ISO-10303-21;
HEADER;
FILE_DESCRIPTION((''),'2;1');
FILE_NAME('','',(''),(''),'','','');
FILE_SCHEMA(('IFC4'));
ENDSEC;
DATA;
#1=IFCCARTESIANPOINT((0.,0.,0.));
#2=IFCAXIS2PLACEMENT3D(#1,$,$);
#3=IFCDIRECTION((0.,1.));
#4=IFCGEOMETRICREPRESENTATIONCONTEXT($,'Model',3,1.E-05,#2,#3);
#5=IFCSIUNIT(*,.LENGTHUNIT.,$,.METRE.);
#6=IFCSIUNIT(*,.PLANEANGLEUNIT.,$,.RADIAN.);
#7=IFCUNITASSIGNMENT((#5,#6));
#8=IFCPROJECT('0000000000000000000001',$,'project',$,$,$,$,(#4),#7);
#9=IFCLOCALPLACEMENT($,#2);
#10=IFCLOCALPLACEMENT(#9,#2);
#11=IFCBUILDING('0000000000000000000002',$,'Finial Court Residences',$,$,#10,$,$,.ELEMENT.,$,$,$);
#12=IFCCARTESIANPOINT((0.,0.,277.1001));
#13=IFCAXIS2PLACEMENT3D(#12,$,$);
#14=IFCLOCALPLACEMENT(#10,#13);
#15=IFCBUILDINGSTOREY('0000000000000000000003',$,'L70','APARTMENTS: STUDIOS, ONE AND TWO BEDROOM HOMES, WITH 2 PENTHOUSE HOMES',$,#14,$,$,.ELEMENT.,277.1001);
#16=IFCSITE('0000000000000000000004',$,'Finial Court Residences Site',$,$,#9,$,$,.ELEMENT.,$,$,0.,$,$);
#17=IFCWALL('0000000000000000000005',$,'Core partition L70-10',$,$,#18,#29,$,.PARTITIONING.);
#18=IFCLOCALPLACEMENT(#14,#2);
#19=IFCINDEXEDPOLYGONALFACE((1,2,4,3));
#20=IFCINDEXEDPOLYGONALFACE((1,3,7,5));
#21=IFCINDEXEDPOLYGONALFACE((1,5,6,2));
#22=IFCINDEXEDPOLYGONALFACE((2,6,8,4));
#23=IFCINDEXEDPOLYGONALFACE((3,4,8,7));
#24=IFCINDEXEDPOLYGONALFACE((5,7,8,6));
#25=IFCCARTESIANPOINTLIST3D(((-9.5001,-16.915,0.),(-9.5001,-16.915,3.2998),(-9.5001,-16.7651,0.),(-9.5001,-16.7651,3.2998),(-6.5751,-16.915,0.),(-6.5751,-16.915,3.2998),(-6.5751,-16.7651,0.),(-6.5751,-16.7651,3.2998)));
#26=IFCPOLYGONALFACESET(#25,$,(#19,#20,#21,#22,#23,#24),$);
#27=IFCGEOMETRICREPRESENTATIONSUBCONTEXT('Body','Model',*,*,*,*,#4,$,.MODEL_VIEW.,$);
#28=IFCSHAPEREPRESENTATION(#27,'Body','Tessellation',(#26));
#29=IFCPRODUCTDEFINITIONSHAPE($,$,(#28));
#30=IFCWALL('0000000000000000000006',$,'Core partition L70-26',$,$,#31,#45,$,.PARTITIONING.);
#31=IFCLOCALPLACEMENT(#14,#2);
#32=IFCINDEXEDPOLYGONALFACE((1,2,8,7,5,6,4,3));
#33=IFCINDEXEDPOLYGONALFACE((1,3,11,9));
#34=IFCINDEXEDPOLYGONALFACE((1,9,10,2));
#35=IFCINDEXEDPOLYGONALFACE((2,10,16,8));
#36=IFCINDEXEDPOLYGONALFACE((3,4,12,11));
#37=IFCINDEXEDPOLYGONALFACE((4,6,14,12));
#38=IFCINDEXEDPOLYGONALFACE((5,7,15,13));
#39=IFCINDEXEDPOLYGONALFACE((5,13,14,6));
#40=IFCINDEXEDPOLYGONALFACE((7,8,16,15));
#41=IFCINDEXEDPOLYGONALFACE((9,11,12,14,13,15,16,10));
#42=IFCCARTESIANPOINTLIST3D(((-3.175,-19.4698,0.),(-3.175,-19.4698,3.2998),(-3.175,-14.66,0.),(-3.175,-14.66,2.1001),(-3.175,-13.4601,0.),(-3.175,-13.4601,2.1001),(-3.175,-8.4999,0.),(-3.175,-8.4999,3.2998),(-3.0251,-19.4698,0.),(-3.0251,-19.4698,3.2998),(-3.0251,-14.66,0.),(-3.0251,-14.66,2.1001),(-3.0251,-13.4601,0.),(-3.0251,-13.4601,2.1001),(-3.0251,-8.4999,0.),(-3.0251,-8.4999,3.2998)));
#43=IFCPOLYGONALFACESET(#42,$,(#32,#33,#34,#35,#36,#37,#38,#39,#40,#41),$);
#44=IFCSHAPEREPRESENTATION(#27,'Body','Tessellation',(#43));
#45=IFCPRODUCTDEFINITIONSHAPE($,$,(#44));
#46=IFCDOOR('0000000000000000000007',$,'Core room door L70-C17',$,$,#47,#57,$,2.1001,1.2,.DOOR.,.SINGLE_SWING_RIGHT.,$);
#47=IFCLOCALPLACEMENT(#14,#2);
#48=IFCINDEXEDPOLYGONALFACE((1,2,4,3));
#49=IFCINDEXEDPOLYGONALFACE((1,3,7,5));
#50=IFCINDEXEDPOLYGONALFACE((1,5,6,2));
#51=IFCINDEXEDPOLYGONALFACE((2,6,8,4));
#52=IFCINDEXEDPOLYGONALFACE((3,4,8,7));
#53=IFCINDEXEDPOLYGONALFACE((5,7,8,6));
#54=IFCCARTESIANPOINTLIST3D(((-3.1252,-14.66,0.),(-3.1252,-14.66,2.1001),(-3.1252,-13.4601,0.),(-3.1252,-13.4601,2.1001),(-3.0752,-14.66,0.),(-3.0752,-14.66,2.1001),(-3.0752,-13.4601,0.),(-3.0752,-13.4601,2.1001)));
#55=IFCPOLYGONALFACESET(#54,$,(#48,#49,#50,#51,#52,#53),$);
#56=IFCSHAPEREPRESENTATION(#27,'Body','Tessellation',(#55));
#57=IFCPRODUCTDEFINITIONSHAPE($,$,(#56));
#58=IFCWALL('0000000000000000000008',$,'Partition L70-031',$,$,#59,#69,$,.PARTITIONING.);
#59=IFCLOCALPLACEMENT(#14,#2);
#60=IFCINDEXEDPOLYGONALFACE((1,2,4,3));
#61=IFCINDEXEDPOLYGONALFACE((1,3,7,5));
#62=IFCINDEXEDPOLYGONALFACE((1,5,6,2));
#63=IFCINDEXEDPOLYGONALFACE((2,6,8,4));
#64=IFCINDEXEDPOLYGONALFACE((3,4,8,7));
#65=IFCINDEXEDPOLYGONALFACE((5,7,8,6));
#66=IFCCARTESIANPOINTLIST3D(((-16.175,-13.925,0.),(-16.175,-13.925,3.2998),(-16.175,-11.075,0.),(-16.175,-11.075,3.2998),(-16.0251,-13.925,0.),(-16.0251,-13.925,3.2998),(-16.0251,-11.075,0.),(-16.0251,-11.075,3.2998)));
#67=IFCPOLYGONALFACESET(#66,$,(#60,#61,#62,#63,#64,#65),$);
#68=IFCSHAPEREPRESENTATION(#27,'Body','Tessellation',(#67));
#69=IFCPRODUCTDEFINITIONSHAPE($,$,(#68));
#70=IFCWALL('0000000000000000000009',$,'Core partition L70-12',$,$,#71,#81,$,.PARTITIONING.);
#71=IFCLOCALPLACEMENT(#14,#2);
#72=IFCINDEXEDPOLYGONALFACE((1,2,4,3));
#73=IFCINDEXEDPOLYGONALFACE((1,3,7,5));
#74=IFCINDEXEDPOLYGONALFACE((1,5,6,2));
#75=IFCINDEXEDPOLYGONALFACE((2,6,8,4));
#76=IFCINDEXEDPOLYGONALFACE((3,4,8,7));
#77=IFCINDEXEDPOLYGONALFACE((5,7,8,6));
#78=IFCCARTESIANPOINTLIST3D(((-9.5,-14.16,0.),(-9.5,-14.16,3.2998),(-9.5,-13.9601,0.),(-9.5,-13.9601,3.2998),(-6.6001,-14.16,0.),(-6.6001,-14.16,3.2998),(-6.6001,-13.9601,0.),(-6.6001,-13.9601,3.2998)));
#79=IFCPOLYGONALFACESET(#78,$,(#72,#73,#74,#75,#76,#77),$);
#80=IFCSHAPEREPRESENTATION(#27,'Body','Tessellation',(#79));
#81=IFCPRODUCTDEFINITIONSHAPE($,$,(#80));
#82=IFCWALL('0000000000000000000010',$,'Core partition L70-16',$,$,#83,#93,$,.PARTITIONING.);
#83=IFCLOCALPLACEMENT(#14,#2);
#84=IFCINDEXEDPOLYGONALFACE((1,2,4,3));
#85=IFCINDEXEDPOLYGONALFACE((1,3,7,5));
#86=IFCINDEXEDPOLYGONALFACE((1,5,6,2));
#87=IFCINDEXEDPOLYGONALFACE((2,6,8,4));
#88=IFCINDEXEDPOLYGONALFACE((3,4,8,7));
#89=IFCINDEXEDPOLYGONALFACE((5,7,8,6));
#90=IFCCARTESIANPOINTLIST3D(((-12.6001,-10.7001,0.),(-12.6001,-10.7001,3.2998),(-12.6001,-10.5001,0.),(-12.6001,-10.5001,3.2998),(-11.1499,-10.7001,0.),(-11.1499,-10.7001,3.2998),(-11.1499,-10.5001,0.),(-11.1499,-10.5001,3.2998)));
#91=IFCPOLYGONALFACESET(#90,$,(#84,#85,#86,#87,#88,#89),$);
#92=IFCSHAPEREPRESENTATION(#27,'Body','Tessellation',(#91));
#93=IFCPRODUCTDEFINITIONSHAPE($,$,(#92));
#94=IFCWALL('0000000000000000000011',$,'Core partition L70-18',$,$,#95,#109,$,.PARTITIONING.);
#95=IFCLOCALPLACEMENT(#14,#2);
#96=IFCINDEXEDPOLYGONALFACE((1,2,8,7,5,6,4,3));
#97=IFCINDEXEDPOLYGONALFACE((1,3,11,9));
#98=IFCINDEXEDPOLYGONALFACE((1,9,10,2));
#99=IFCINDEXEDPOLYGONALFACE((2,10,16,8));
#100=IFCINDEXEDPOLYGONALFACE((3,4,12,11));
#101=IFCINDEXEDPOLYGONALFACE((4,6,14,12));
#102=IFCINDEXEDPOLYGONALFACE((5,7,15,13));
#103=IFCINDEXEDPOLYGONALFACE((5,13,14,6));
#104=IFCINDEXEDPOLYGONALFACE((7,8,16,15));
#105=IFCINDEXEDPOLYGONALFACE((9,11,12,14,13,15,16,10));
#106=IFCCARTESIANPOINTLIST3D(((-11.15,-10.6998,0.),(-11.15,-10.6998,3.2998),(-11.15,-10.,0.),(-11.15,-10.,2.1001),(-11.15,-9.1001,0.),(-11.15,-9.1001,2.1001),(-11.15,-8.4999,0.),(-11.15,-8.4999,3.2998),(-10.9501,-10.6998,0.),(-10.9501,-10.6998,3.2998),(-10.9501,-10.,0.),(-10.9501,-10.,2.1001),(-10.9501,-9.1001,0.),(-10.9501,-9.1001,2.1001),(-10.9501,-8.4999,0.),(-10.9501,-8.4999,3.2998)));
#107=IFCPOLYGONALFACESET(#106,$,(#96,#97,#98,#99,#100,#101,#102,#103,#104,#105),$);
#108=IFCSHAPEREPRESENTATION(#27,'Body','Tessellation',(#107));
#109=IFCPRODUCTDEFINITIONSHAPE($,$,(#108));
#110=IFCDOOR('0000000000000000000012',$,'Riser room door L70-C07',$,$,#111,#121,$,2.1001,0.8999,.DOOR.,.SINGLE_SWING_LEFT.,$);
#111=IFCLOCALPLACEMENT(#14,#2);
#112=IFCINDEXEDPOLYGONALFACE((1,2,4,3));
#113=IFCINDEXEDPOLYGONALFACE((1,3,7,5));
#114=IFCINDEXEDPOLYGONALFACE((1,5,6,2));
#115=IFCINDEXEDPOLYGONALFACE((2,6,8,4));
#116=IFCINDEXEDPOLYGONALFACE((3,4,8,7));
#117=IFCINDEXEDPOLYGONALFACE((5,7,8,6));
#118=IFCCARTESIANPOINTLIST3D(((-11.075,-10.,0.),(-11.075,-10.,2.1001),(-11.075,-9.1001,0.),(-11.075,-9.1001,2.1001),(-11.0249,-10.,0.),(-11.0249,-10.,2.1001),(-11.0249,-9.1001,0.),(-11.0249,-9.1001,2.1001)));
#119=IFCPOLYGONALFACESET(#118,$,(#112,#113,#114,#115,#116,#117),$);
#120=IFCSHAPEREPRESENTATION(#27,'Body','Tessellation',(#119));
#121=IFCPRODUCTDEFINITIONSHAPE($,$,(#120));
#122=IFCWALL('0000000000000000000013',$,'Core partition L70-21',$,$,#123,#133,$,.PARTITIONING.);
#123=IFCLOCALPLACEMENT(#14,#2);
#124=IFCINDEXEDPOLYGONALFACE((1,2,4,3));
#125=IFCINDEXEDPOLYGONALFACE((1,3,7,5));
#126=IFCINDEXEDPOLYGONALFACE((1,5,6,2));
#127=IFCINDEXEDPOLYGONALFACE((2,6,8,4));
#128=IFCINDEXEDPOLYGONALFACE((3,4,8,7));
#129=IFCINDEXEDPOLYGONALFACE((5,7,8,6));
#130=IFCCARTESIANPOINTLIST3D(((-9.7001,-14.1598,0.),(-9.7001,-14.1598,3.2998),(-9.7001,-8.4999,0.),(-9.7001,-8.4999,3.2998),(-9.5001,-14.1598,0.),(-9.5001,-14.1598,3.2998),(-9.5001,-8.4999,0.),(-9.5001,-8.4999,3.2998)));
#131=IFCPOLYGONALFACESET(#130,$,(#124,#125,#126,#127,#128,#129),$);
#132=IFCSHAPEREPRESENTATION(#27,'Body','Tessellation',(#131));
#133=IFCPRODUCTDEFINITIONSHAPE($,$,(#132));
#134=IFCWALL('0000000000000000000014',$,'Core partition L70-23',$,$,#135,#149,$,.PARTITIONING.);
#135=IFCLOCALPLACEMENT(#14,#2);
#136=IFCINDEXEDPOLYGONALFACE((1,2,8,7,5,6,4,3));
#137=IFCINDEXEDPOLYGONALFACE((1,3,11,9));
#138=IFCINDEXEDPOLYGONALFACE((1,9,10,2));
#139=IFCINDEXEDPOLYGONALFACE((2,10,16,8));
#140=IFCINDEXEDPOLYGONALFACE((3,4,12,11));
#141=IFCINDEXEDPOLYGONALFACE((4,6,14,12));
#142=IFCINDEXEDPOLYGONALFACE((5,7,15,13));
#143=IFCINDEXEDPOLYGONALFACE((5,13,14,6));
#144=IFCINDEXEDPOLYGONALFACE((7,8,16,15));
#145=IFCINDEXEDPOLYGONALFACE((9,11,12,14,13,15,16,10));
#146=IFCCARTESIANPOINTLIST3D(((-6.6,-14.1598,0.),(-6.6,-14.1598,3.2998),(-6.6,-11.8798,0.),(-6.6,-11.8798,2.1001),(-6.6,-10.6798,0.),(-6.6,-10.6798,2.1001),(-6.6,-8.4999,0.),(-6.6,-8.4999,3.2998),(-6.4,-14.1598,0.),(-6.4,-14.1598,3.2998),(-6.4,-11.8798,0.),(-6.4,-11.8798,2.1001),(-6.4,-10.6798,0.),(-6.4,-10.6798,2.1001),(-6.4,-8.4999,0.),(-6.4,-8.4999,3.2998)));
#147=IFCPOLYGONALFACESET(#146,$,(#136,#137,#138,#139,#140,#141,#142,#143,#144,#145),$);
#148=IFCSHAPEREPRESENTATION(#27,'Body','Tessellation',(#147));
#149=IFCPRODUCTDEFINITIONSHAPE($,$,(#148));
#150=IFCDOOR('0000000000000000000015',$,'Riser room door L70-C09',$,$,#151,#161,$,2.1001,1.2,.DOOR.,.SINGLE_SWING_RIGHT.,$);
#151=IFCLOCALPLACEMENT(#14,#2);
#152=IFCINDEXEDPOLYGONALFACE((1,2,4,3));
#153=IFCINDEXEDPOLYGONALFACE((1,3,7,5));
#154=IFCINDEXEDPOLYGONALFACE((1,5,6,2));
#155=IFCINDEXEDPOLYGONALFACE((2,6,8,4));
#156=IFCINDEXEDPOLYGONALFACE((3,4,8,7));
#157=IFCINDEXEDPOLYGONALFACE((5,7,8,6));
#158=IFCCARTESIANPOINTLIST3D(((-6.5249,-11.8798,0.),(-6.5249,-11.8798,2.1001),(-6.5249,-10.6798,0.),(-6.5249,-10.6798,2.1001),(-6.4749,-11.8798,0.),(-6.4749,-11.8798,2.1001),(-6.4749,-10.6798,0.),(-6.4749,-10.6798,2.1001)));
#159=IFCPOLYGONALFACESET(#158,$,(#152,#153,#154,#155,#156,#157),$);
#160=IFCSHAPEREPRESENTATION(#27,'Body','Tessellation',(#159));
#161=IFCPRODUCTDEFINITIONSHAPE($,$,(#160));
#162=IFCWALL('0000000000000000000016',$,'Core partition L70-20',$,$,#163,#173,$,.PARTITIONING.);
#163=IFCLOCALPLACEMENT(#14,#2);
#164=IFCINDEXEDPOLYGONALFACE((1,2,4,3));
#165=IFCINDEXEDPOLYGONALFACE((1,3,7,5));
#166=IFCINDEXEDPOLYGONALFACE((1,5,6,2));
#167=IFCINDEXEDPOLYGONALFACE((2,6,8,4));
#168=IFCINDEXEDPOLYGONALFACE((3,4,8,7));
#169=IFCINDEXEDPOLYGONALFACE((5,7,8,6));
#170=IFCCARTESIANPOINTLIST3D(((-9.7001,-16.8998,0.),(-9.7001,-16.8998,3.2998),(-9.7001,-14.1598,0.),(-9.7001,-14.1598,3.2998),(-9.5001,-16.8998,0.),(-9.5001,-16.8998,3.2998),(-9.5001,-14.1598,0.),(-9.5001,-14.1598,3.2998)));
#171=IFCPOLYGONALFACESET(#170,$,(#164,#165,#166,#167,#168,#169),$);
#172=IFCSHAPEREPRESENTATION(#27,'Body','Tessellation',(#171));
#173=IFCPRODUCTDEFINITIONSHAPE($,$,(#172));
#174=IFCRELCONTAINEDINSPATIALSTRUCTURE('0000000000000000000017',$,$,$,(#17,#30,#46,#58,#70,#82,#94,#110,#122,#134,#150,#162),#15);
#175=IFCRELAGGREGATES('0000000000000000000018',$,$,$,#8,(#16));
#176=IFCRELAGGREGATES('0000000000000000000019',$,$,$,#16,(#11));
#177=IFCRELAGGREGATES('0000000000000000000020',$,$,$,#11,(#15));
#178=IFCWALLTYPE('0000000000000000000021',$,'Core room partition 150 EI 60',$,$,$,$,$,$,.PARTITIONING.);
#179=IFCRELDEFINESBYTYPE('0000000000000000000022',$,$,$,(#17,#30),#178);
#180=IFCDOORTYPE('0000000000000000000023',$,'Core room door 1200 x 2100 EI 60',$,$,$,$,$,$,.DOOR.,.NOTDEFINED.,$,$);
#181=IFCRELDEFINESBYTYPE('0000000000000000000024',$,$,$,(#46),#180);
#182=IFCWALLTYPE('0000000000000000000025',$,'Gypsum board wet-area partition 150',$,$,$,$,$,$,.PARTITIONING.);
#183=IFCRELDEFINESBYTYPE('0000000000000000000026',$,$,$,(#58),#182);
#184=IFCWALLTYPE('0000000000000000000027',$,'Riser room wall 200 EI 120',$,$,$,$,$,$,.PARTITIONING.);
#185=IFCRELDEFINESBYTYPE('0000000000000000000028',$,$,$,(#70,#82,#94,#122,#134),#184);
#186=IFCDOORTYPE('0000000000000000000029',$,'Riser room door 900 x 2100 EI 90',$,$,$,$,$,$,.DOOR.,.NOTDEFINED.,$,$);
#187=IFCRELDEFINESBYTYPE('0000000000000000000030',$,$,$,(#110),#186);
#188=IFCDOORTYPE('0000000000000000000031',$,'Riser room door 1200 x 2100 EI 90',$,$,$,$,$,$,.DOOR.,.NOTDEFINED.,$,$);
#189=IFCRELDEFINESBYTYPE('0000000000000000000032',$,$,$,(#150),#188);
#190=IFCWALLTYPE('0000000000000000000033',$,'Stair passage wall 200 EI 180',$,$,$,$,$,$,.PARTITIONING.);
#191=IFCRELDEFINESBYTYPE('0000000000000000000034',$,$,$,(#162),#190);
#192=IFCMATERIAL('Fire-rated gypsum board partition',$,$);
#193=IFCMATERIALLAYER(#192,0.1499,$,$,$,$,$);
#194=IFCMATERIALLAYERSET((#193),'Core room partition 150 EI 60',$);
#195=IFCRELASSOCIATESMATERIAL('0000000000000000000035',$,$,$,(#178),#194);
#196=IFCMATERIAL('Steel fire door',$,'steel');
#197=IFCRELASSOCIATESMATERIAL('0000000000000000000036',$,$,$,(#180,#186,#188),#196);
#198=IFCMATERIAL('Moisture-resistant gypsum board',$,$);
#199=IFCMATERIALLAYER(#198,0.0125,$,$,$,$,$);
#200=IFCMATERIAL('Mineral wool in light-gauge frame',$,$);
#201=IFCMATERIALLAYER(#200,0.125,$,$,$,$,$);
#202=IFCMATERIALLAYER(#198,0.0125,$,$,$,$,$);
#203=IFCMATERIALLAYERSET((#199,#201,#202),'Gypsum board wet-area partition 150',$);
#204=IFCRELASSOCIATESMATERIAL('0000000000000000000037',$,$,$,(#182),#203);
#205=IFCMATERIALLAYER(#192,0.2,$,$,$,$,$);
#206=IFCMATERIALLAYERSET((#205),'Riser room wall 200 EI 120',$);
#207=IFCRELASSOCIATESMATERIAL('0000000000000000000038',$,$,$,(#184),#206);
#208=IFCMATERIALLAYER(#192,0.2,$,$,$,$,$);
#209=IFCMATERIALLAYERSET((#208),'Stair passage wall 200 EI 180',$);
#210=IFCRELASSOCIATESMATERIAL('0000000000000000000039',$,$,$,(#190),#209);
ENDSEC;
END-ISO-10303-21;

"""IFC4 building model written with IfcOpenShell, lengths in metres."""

from ifc_helpers import new_model, si_unit, direction, frame, frame_2d, origin, place, context, subcontext, project, spatial, rectangle, extrude, material, layer, layer_set, type_object, element, fill, save


model = new_model("IFC4")

# Units and contexts
model_context = context("Model", 3, precision=1e-05, world=origin(), true_north=direction((0.0, 1.0)))
body_context = subcontext(model_context, "Body", "Model", "MODEL_VIEW")
ifc_project = project(units=[si_unit("LENGTHUNIT", "METRE"), si_unit("PLANEANGLEUNIT", "RADIAN")], contexts=[model_context])

# Site, building, storey
site_placement = place(None, origin())
site = spatial("IfcSite", under=ifc_project, at=site_placement, Name="Finial Court Residences Site", CompositionType="ELEMENT", RefElevation=0.0)
building_placement = place(site_placement, origin())
building = spatial("IfcBuilding", under=site, at=building_placement, Name="Finial Court Residences", CompositionType="ELEMENT")
storey_placement = place(building_placement, frame((0.0, 0.0, 277.1001)))
storey = spatial("IfcBuildingStorey", under=building, at=storey_placement, Name="L70", Description="APARTMENTS: STUDIOS, ONE AND TWO BEDROOM HOMES, WITH 2 PENTHOUSE HOMES", CompositionType="ELEMENT", Elevation=277.1001)

# Wall
ifc_material_1 = material(Name="Fire-rated gypsum board partition")
ifc_layer_1 = layer(ifc_material_1, 0.1499)
ifc_layer_set_1 = layer_set([ifc_layer_1], Name="Core room partition 150 EI 60")
wall_type_1 = type_object("IfcWallType", Name="Core room partition 150 EI 60", PredefinedType="PARTITIONING", material=ifc_layer_set_1)
wall_1_placement = place(storey_placement, frame((-9.5, -16.8401, 0.0), z_axis=(0.0, 0.0, 1.0), x_axis=(1.0, 0.0, 0.0)))
element("IfcWall", 1, at=wall_1_placement, inside=storey, type_object=wall_type_1, Name="Core partition L70-10", PredefinedType="PARTITIONING", context=body_context, shape_type="SweptSolid", body=[
    extrude(rectangle(XDim=2.925, YDim=0.1499, at=frame_2d((1.4624, 0.0))), origin(), (0.0, 0.0, 1.0), 3.2998),
])

# Wall, opening, door
wall_2_placement = place(storey_placement, frame((-3.1001, -8.5, 0.0), z_axis=(0.0, 0.0, 1.0), x_axis=(0.0, -1.0, 0.0)))
wall_2 = element("IfcWall", 2, at=wall_2_placement, inside=storey, type_object=wall_type_1, Name="Core partition L70-26", PredefinedType="PARTITIONING", context=body_context, shape_type="SweptSolid", body=[
    extrude(rectangle(XDim=10.97, YDim=0.1499, at=frame_2d((5.4849, 0.0))), origin(), (0.0, 0.0, 1.0), 3.2998),
])
opening_1_placement = place(wall_2_placement, frame((4.96, 0.0, 0.0)))
opening_1 = element("IfcOpeningElement", 3, at=opening_1_placement, cuts=wall_2, PredefinedType="OPENING", context=body_context, shape_type="SweptSolid", body=[
    extrude(rectangle(XDim=1.2, YDim=2.1001, at=frame_2d((0.6001, 1.05))), frame((0.0, 0.085, 0.0), z_axis=(0.0, -1.0, 0.0), x_axis=(1.0, 0.0, 0.0)), (0.0, 0.0, 1.0), 0.1699),
])
ifc_material_2 = material(Name="Steel fire door", Category="steel")
door_type_1 = type_object("IfcDoorType", Name="Core room door 1200 x 2100 EI 60", OperationType="NOTDEFINED", PredefinedType="DOOR", material=ifc_material_2)
door_1_placement = place(opening_1_placement, origin())
door_1 = element("IfcDoor", 4, at=door_1_placement, inside=storey, type_object=door_type_1, Name="Core room door L70-C17", OperationType="SINGLE_SWING_RIGHT", OverallHeight=2.1001, OverallWidth=1.2, PredefinedType="DOOR", context=body_context, shape_type="SweptSolid", body=[
    extrude(rectangle(XDim=1.2, YDim=2.1001, at=frame_2d((0.6001, 1.05))), frame((0.0, 0.0249, 0.0), z_axis=(0.0, -1.0, 0.0), x_axis=(1.0, 0.0, 0.0)), (0.0, 0.0, 1.0), 0.05),
])
fill(opening_1, door_1)

# Walls
ifc_material_3 = material(Name="Moisture-resistant gypsum board")
ifc_layer_2 = layer(ifc_material_3, 0.0125)
ifc_material_4 = material(Name="Mineral wool in light-gauge frame")
ifc_layer_3 = layer(ifc_material_4, 0.125)
ifc_layer_4 = layer(ifc_material_3, 0.0125)
ifc_layer_set_2 = layer_set([ifc_layer_2, ifc_layer_3, ifc_layer_4], Name="Gypsum board wet-area partition 150")
wall_type_2 = type_object("IfcWallType", Name="Gypsum board wet-area partition 150", PredefinedType="PARTITIONING", material=ifc_layer_set_2)
wall_3_placement = place(storey_placement, frame((-16.1001, -13.925, 0.0), z_axis=(0.0, 0.0, 1.0), x_axis=(0.0, 1.0, 0.0)))
element("IfcWall", 5, at=wall_3_placement, inside=storey, type_object=wall_type_2, Name="Partition L70-031", PredefinedType="PARTITIONING", context=body_context, shape_type="SweptSolid", body=[
    extrude(rectangle(XDim=2.8501, YDim=0.1499, at=frame_2d((1.425, 0.0))), origin(), (0.0, 0.0, 1.0), 3.2998),
])
ifc_layer_5 = layer(ifc_material_1, 0.2)
ifc_layer_set_3 = layer_set([ifc_layer_5], Name="Riser room wall 200 EI 120")
wall_type_3 = type_object("IfcWallType", Name="Riser room wall 200 EI 120", PredefinedType="PARTITIONING", material=ifc_layer_set_3)
wall_4_placement = place(storey_placement, frame((-9.5, -14.0601, 0.0), z_axis=(0.0, 0.0, 1.0), x_axis=(1.0, 0.0, 0.0)))
element("IfcWall", 6, at=wall_4_placement, inside=storey, type_object=wall_type_3, Name="Core partition L70-12", PredefinedType="PARTITIONING", context=body_context, shape_type="SweptSolid", body=[
    extrude(rectangle(XDim=2.8999, YDim=0.2, at=frame_2d((1.45, 0.0))), origin(), (0.0, 0.0, 1.0), 3.2998),
])
wall_5_placement = place(storey_placement, frame((-12.6001, -10.6001, 0.0), z_axis=(0.0, 0.0, 1.0), x_axis=(1.0, 0.0, 0.0)))
element("IfcWall", 7, at=wall_5_placement, inside=storey, type_object=wall_type_3, Name="Core partition L70-16", PredefinedType="PARTITIONING", context=body_context, shape_type="SweptSolid", body=[
    extrude(rectangle(XDim=1.4502, YDim=0.2, at=frame_2d((0.7251, 0.0))), origin(), (0.0, 0.0, 1.0), 3.2998),
])

# Wall, opening, door
wall_6_placement = place(storey_placement, frame((-11.05, -10.7, 0.0), z_axis=(0.0, 0.0, 1.0), x_axis=(0.0, 1.0, 0.0)))
wall_6 = element("IfcWall", 8, at=wall_6_placement, inside=storey, type_object=wall_type_3, Name="Core partition L70-18", PredefinedType="PARTITIONING", context=body_context, shape_type="SweptSolid", body=[
    extrude(rectangle(XDim=2.2, YDim=0.2, at=frame_2d((1.1001, 0.0))), origin(), (0.0, 0.0, 1.0), 3.2998),
])
opening_2_placement = place(wall_6_placement, frame((0.7, 0.0, 0.0)))
opening_2 = element("IfcOpeningElement", 9, at=opening_2_placement, cuts=wall_6, PredefinedType="OPENING", context=body_context, shape_type="SweptSolid", body=[
    extrude(rectangle(XDim=0.8999, YDim=2.1001, at=frame_2d((0.45, 1.05))), frame((0.0, 0.1099, 0.0), z_axis=(0.0, -1.0, 0.0), x_axis=(1.0, 0.0, 0.0)), (0.0, 0.0, 1.0), 0.22),
])
door_type_2 = type_object("IfcDoorType", Name="Riser room door 900 x 2100 EI 90", OperationType="NOTDEFINED", PredefinedType="DOOR", material=ifc_material_2)
door_2_placement = place(opening_2_placement, origin())
door_2 = element("IfcDoor", 10, at=door_2_placement, inside=storey, type_object=door_type_2, Name="Riser room door L70-C07", OperationType="SINGLE_SWING_LEFT", OverallHeight=2.1001, OverallWidth=0.8999, PredefinedType="DOOR", context=body_context, shape_type="SweptSolid", body=[
    extrude(rectangle(XDim=0.8999, YDim=2.1001, at=frame_2d((0.45, 1.05))), frame((0.0, 0.0249, 0.0), z_axis=(0.0, -1.0, 0.0), x_axis=(1.0, 0.0, 0.0)), (0.0, 0.0, 1.0), 0.05),
])
fill(opening_2, door_2)

# Wall
wall_7_placement = place(storey_placement, frame((-9.6001, -14.1599, 0.0), z_axis=(0.0, 0.0, 1.0), x_axis=(0.0, 1.0, 0.0)))
element("IfcWall", 11, at=wall_7_placement, inside=storey, type_object=wall_type_3, Name="Core partition L70-21", PredefinedType="PARTITIONING", context=body_context, shape_type="SweptSolid", body=[
    extrude(rectangle(XDim=5.6599, YDim=0.2, at=frame_2d((2.8301, 0.0))), origin(), (0.0, 0.0, 1.0), 3.2998),
])

# Wall, opening, door
wall_8_placement = place(storey_placement, frame((-6.5, -14.1599, 0.0), z_axis=(0.0, 0.0, 1.0), x_axis=(0.0, 1.0, 0.0)))
wall_8 = element("IfcWall", 12, at=wall_8_placement, inside=storey, type_object=wall_type_3, Name="Core partition L70-23", PredefinedType="PARTITIONING", context=body_context, shape_type="SweptSolid", body=[
    extrude(rectangle(XDim=5.6599, YDim=0.2, at=frame_2d((2.8301, 0.0))), origin(), (0.0, 0.0, 1.0), 3.2998),
])
opening_3_placement = place(wall_8_placement, frame((2.28, 0.0, 0.0)))
opening_3 = element("IfcOpeningElement", 13, at=opening_3_placement, cuts=wall_8, PredefinedType="OPENING", context=body_context, shape_type="SweptSolid", body=[
    extrude(rectangle(XDim=1.2, YDim=2.1001, at=frame_2d((0.6001, 1.05))), frame((0.0, 0.1099, 0.0), z_axis=(0.0, -1.0, 0.0), x_axis=(1.0, 0.0, 0.0)), (0.0, 0.0, 1.0), 0.22),
])
door_type_3 = type_object("IfcDoorType", Name="Riser room door 1200 x 2100 EI 90", OperationType="NOTDEFINED", PredefinedType="DOOR", material=ifc_material_2)
door_3_placement = place(opening_3_placement, origin())
door_3 = element("IfcDoor", 14, at=door_3_placement, inside=storey, type_object=door_type_3, Name="Riser room door L70-C09", OperationType="SINGLE_SWING_RIGHT", OverallHeight=2.1001, OverallWidth=1.2, PredefinedType="DOOR", context=body_context, shape_type="SweptSolid", body=[
    extrude(rectangle(XDim=1.2, YDim=2.1001, at=frame_2d((0.6001, 1.05))), frame((0.0, 0.0249, 0.0), z_axis=(0.0, -1.0, 0.0), x_axis=(1.0, 0.0, 0.0)), (0.0, 0.0, 1.0), 0.05),
])
fill(opening_3, door_3)

# Wall
ifc_layer_6 = layer(ifc_material_1, 0.2)
ifc_layer_set_4 = layer_set([ifc_layer_6], Name="Stair passage wall 200 EI 180")
wall_type_4 = type_object("IfcWallType", Name="Stair passage wall 200 EI 180", PredefinedType="PARTITIONING", material=ifc_layer_set_4)
wall_9_placement = place(storey_placement, frame((-9.6001, -16.8999, 0.0), z_axis=(0.0, 0.0, 1.0), x_axis=(0.0, 1.0, 0.0)))
element("IfcWall", 15, at=wall_9_placement, inside=storey, type_object=wall_type_4, Name="Core partition L70-20", PredefinedType="PARTITIONING", context=body_context, shape_type="SweptSolid", body=[
    extrude(rectangle(XDim=2.74, YDim=0.2, at=frame_2d((1.3701, 0.0))), origin(), (0.0, 0.0, 1.0), 3.2998),
])

save(model, "model.ifc")
